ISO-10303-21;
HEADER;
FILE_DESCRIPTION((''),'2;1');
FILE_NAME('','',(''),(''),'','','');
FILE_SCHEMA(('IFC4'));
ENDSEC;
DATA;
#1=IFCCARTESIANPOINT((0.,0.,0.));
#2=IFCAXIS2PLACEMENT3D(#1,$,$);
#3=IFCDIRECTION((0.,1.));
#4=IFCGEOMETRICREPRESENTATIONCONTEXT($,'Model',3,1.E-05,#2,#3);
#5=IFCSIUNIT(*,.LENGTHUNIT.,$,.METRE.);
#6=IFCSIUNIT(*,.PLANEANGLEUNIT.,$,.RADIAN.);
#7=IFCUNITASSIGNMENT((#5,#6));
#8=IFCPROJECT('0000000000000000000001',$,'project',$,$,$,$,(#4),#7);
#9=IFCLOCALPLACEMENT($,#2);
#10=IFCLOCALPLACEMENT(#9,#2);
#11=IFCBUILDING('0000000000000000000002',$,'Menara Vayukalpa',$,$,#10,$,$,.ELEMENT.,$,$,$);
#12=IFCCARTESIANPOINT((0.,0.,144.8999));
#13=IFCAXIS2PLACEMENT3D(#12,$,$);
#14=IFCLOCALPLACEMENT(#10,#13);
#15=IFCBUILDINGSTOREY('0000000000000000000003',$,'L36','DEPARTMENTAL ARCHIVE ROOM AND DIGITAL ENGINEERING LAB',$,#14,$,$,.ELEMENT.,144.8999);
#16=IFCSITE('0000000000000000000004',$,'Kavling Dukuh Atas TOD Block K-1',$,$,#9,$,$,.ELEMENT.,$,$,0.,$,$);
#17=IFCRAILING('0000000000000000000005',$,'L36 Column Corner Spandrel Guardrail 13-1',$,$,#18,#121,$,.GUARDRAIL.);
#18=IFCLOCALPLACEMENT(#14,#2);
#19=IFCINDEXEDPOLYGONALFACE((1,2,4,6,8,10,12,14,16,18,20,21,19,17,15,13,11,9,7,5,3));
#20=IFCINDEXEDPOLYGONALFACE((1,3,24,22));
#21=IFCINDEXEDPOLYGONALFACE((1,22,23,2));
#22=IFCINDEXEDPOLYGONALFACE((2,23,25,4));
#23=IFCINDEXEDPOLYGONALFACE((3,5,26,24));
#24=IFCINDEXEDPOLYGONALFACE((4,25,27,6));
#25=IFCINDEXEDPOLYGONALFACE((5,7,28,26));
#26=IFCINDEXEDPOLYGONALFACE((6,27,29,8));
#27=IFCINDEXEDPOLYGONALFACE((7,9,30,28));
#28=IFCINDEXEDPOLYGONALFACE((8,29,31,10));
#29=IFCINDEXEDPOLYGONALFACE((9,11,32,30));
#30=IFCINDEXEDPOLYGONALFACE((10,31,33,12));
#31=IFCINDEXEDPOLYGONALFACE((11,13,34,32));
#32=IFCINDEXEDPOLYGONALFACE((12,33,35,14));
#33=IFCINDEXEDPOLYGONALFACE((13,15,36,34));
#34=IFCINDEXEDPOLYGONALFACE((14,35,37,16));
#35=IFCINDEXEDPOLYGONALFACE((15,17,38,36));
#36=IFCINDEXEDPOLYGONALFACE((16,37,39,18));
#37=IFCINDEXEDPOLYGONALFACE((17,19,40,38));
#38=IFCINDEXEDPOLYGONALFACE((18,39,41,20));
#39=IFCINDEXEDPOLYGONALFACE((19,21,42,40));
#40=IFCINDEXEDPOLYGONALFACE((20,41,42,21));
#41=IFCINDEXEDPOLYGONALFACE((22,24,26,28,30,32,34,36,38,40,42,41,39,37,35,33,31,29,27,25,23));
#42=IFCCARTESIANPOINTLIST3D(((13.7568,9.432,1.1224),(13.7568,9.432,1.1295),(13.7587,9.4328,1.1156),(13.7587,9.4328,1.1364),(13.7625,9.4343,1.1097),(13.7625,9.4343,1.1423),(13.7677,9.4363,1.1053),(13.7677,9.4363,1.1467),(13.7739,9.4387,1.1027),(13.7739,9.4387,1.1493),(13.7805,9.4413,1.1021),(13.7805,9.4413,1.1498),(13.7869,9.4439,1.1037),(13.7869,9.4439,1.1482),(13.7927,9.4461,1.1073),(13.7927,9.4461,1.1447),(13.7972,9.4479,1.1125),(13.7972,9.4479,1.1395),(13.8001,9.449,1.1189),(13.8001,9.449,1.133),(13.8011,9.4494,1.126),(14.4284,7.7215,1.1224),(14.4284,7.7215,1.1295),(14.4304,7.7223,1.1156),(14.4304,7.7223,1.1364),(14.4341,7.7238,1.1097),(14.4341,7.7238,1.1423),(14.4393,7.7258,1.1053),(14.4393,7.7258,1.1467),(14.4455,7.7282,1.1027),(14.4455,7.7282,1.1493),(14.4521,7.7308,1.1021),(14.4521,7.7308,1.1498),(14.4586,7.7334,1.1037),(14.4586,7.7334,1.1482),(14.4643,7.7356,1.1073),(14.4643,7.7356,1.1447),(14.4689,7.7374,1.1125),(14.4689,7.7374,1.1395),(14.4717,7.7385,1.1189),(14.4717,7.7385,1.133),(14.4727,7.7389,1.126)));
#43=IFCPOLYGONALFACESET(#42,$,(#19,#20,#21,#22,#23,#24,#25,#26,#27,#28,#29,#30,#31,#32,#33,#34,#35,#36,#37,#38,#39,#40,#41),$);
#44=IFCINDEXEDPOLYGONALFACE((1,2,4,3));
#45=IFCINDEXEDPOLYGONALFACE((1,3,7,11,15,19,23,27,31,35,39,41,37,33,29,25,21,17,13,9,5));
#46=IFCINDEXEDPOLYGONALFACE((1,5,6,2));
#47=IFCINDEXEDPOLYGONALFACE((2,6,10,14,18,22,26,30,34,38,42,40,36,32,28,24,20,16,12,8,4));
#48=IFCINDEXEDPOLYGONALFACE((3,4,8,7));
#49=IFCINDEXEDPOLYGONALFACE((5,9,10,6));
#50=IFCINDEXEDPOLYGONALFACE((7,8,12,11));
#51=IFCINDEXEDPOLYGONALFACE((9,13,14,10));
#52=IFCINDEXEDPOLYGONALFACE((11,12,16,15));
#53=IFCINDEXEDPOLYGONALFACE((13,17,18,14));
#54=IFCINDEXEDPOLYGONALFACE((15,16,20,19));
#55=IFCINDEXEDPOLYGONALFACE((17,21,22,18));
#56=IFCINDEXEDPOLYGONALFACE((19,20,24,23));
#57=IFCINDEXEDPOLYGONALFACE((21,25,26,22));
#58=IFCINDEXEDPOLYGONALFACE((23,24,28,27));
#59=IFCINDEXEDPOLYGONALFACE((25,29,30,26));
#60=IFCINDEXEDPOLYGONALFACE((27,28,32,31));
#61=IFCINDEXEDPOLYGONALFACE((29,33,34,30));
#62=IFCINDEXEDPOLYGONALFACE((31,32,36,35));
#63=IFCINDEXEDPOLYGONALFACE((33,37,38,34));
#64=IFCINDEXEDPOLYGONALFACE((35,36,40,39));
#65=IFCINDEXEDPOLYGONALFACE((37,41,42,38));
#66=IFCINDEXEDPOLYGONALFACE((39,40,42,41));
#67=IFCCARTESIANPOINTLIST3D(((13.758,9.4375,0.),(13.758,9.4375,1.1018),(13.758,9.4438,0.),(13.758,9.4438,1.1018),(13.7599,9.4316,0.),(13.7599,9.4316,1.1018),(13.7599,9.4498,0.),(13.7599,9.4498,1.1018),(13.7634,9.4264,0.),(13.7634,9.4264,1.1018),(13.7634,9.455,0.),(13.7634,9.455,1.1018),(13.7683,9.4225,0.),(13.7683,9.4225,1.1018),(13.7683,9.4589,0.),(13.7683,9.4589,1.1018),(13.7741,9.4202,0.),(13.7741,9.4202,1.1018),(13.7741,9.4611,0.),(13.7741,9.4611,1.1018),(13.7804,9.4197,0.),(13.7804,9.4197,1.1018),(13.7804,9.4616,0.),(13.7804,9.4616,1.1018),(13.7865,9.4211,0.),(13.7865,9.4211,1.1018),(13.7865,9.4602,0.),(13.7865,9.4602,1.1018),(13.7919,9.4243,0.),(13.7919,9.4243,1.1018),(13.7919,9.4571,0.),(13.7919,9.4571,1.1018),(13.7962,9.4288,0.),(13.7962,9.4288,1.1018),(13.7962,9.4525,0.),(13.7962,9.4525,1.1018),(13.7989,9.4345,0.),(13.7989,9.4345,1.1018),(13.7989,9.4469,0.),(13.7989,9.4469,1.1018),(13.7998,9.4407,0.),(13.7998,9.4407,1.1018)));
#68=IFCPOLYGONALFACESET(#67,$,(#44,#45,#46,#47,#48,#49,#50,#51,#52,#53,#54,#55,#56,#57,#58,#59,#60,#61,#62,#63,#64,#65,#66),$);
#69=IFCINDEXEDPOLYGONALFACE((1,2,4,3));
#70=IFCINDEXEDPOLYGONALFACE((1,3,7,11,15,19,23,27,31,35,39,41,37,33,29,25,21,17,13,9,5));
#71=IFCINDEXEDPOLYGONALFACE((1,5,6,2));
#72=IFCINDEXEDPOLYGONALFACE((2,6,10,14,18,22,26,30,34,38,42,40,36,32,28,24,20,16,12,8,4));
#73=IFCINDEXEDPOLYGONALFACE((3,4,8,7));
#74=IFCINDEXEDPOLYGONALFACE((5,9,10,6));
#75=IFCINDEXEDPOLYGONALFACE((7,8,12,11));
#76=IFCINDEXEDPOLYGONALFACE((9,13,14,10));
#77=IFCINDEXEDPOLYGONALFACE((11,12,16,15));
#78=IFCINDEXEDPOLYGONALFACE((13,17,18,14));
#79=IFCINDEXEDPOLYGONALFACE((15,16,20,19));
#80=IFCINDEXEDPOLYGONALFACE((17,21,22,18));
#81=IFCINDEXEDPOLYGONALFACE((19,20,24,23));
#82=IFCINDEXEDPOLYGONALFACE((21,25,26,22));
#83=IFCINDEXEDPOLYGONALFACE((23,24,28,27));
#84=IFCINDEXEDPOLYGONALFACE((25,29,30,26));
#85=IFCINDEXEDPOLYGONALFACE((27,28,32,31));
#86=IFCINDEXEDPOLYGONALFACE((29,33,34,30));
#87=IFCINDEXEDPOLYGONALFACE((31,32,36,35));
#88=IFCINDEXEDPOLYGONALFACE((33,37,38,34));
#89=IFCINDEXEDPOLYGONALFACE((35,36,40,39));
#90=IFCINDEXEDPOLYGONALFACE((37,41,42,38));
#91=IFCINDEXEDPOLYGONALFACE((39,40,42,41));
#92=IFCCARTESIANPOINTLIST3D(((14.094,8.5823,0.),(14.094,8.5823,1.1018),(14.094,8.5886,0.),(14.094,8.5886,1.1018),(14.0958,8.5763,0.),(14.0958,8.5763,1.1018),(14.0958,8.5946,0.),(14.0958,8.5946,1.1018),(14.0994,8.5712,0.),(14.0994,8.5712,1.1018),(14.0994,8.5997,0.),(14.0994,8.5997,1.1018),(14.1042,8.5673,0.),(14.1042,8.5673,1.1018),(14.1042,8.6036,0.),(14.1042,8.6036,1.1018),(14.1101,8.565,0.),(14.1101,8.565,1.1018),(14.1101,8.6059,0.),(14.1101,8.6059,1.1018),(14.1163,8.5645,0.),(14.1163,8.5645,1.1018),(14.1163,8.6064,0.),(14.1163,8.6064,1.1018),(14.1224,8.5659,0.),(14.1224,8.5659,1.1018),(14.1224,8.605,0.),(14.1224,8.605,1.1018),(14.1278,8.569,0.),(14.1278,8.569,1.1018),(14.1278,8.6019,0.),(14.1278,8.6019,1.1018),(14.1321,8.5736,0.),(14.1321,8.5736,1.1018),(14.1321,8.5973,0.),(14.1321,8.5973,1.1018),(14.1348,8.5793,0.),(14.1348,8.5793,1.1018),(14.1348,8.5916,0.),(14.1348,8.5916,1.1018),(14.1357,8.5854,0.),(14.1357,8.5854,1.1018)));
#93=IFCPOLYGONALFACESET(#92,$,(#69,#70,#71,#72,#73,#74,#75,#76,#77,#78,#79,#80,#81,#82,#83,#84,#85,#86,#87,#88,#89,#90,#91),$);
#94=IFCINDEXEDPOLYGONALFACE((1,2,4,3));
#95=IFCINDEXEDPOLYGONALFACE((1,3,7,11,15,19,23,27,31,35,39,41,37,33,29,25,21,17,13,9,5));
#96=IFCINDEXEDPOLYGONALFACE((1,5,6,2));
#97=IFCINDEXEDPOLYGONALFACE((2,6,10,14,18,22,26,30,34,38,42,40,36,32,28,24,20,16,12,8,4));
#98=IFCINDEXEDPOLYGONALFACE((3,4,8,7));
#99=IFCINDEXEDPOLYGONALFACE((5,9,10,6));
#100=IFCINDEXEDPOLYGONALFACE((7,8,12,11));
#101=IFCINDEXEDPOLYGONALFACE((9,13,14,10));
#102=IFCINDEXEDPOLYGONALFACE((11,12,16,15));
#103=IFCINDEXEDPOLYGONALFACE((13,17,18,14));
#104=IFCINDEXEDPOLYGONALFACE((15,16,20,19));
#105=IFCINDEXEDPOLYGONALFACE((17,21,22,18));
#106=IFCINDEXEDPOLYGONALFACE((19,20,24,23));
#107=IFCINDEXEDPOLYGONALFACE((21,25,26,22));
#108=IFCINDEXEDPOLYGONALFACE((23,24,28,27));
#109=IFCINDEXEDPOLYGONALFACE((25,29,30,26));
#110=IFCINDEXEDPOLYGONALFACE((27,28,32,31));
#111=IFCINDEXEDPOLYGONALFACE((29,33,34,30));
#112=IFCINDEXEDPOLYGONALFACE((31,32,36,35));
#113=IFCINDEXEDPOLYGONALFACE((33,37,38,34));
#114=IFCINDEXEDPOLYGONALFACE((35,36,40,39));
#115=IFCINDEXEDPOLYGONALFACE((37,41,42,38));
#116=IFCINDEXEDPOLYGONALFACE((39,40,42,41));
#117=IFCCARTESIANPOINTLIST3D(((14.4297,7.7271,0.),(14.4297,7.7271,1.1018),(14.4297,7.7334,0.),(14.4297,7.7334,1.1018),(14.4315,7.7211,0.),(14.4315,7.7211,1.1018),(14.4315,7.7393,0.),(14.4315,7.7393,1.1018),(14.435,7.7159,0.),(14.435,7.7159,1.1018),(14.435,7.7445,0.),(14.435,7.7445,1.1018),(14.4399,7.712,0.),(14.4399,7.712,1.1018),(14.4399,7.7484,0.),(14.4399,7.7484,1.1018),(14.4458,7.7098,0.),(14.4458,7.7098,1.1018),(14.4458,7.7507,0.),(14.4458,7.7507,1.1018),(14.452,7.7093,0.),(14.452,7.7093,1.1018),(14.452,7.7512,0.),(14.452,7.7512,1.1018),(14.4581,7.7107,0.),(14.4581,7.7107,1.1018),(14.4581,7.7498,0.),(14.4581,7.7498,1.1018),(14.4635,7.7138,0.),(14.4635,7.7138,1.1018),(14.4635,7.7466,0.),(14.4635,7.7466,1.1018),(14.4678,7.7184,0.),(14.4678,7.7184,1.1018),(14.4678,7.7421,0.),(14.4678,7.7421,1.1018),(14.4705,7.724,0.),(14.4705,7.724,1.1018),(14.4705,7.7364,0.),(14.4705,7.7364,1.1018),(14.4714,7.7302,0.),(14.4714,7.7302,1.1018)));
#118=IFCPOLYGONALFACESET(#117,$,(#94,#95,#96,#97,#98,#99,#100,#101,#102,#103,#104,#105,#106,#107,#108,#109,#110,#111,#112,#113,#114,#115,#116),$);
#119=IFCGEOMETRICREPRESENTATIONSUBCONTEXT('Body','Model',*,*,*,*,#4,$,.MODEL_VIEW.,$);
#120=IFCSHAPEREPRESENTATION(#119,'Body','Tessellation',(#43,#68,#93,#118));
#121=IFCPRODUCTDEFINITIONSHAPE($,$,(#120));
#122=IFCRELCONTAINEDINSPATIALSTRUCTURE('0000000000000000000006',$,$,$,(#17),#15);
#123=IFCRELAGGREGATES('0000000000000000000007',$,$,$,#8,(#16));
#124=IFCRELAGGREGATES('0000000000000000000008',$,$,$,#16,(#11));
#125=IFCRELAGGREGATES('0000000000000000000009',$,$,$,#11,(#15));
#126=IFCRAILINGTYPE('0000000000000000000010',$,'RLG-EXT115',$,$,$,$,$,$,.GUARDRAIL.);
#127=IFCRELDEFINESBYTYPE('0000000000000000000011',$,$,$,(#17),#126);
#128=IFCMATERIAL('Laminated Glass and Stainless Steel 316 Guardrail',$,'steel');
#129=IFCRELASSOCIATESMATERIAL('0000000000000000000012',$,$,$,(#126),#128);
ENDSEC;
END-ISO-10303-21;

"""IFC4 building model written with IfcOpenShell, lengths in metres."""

from ifc_helpers import new_model, si_unit, direction, frame, origin, origin_2d, place, context, subcontext, project, spatial, circle, extrude, material, type_object, element, save


model = new_model("IFC4")

# Units and contexts
model_context = context("Model", 3, precision=1e-05, world=origin(), true_north=direction((0.0, 1.0)))
body_context = subcontext(model_context, "Body", "Model", "MODEL_VIEW")
ifc_project = project(units=[si_unit("LENGTHUNIT", "METRE"), si_unit("PLANEANGLEUNIT", "RADIAN")], contexts=[model_context])

# Site, building, storey
site_placement = place(None, origin())
site = spatial("IfcSite", under=ifc_project, at=site_placement, Name="Kavling Dukuh Atas TOD Block K-1", CompositionType="ELEMENT", RefElevation=0.0)
building_placement = place(site_placement, origin())
building = spatial("IfcBuilding", under=site, at=building_placement, Name="Menara Vayukalpa", CompositionType="ELEMENT")
storey_placement = place(building_placement, frame((0.0, 0.0, 144.8999)))
storey = spatial("IfcBuildingStorey", under=building, at=storey_placement, Name="L36", Description="DEPARTMENTAL ARCHIVE ROOM AND DIGITAL ENGINEERING LAB", CompositionType="ELEMENT", Elevation=144.8999)

# Railing
ifc_material_1 = material(Name="Laminated Glass and Stainless Steel 316 Guardrail", Category="steel")
railing_type = type_object("IfcRailingType", Name="RLG-EXT115", PredefinedType="GUARDRAIL", material=ifc_material_1)
railing_1_placement = place(storey_placement, frame((13.7788, 9.4407, 0.0)))
element("IfcRailing", 1, at=railing_1_placement, inside=storey, type_object=railing_type, Name="L36 Column Corner Spandrel Guardrail 13-1", PredefinedType="GUARDRAIL", context=body_context, shape_type="SweptSolid", body=[
    extrude(circle(Radius=0.0239, at=origin_2d()), frame((0.0, 0.0, 1.126), z_axis=(0.365496, -0.930813, 0.0), x_axis=(0.930813, 0.365496, 0.0)), (0.0, 0.0, 1.0), 1.8376),
    extrude(circle(Radius=0.021, at=origin_2d()), origin(), (0.0, 0.0, 1.0), 1.1018),
    extrude(circle(Radius=0.021, at=origin_2d()), frame((0.3359, -0.8552, 0.0)), (0.0, 0.0, 1.0), 1.1018),
    extrude(circle(Radius=0.021, at=origin_2d()), frame((0.6716, -1.7104, 0.0)), (0.0, 0.0, 1.0), 1.1018),
])

save(model, "model.ifc")
